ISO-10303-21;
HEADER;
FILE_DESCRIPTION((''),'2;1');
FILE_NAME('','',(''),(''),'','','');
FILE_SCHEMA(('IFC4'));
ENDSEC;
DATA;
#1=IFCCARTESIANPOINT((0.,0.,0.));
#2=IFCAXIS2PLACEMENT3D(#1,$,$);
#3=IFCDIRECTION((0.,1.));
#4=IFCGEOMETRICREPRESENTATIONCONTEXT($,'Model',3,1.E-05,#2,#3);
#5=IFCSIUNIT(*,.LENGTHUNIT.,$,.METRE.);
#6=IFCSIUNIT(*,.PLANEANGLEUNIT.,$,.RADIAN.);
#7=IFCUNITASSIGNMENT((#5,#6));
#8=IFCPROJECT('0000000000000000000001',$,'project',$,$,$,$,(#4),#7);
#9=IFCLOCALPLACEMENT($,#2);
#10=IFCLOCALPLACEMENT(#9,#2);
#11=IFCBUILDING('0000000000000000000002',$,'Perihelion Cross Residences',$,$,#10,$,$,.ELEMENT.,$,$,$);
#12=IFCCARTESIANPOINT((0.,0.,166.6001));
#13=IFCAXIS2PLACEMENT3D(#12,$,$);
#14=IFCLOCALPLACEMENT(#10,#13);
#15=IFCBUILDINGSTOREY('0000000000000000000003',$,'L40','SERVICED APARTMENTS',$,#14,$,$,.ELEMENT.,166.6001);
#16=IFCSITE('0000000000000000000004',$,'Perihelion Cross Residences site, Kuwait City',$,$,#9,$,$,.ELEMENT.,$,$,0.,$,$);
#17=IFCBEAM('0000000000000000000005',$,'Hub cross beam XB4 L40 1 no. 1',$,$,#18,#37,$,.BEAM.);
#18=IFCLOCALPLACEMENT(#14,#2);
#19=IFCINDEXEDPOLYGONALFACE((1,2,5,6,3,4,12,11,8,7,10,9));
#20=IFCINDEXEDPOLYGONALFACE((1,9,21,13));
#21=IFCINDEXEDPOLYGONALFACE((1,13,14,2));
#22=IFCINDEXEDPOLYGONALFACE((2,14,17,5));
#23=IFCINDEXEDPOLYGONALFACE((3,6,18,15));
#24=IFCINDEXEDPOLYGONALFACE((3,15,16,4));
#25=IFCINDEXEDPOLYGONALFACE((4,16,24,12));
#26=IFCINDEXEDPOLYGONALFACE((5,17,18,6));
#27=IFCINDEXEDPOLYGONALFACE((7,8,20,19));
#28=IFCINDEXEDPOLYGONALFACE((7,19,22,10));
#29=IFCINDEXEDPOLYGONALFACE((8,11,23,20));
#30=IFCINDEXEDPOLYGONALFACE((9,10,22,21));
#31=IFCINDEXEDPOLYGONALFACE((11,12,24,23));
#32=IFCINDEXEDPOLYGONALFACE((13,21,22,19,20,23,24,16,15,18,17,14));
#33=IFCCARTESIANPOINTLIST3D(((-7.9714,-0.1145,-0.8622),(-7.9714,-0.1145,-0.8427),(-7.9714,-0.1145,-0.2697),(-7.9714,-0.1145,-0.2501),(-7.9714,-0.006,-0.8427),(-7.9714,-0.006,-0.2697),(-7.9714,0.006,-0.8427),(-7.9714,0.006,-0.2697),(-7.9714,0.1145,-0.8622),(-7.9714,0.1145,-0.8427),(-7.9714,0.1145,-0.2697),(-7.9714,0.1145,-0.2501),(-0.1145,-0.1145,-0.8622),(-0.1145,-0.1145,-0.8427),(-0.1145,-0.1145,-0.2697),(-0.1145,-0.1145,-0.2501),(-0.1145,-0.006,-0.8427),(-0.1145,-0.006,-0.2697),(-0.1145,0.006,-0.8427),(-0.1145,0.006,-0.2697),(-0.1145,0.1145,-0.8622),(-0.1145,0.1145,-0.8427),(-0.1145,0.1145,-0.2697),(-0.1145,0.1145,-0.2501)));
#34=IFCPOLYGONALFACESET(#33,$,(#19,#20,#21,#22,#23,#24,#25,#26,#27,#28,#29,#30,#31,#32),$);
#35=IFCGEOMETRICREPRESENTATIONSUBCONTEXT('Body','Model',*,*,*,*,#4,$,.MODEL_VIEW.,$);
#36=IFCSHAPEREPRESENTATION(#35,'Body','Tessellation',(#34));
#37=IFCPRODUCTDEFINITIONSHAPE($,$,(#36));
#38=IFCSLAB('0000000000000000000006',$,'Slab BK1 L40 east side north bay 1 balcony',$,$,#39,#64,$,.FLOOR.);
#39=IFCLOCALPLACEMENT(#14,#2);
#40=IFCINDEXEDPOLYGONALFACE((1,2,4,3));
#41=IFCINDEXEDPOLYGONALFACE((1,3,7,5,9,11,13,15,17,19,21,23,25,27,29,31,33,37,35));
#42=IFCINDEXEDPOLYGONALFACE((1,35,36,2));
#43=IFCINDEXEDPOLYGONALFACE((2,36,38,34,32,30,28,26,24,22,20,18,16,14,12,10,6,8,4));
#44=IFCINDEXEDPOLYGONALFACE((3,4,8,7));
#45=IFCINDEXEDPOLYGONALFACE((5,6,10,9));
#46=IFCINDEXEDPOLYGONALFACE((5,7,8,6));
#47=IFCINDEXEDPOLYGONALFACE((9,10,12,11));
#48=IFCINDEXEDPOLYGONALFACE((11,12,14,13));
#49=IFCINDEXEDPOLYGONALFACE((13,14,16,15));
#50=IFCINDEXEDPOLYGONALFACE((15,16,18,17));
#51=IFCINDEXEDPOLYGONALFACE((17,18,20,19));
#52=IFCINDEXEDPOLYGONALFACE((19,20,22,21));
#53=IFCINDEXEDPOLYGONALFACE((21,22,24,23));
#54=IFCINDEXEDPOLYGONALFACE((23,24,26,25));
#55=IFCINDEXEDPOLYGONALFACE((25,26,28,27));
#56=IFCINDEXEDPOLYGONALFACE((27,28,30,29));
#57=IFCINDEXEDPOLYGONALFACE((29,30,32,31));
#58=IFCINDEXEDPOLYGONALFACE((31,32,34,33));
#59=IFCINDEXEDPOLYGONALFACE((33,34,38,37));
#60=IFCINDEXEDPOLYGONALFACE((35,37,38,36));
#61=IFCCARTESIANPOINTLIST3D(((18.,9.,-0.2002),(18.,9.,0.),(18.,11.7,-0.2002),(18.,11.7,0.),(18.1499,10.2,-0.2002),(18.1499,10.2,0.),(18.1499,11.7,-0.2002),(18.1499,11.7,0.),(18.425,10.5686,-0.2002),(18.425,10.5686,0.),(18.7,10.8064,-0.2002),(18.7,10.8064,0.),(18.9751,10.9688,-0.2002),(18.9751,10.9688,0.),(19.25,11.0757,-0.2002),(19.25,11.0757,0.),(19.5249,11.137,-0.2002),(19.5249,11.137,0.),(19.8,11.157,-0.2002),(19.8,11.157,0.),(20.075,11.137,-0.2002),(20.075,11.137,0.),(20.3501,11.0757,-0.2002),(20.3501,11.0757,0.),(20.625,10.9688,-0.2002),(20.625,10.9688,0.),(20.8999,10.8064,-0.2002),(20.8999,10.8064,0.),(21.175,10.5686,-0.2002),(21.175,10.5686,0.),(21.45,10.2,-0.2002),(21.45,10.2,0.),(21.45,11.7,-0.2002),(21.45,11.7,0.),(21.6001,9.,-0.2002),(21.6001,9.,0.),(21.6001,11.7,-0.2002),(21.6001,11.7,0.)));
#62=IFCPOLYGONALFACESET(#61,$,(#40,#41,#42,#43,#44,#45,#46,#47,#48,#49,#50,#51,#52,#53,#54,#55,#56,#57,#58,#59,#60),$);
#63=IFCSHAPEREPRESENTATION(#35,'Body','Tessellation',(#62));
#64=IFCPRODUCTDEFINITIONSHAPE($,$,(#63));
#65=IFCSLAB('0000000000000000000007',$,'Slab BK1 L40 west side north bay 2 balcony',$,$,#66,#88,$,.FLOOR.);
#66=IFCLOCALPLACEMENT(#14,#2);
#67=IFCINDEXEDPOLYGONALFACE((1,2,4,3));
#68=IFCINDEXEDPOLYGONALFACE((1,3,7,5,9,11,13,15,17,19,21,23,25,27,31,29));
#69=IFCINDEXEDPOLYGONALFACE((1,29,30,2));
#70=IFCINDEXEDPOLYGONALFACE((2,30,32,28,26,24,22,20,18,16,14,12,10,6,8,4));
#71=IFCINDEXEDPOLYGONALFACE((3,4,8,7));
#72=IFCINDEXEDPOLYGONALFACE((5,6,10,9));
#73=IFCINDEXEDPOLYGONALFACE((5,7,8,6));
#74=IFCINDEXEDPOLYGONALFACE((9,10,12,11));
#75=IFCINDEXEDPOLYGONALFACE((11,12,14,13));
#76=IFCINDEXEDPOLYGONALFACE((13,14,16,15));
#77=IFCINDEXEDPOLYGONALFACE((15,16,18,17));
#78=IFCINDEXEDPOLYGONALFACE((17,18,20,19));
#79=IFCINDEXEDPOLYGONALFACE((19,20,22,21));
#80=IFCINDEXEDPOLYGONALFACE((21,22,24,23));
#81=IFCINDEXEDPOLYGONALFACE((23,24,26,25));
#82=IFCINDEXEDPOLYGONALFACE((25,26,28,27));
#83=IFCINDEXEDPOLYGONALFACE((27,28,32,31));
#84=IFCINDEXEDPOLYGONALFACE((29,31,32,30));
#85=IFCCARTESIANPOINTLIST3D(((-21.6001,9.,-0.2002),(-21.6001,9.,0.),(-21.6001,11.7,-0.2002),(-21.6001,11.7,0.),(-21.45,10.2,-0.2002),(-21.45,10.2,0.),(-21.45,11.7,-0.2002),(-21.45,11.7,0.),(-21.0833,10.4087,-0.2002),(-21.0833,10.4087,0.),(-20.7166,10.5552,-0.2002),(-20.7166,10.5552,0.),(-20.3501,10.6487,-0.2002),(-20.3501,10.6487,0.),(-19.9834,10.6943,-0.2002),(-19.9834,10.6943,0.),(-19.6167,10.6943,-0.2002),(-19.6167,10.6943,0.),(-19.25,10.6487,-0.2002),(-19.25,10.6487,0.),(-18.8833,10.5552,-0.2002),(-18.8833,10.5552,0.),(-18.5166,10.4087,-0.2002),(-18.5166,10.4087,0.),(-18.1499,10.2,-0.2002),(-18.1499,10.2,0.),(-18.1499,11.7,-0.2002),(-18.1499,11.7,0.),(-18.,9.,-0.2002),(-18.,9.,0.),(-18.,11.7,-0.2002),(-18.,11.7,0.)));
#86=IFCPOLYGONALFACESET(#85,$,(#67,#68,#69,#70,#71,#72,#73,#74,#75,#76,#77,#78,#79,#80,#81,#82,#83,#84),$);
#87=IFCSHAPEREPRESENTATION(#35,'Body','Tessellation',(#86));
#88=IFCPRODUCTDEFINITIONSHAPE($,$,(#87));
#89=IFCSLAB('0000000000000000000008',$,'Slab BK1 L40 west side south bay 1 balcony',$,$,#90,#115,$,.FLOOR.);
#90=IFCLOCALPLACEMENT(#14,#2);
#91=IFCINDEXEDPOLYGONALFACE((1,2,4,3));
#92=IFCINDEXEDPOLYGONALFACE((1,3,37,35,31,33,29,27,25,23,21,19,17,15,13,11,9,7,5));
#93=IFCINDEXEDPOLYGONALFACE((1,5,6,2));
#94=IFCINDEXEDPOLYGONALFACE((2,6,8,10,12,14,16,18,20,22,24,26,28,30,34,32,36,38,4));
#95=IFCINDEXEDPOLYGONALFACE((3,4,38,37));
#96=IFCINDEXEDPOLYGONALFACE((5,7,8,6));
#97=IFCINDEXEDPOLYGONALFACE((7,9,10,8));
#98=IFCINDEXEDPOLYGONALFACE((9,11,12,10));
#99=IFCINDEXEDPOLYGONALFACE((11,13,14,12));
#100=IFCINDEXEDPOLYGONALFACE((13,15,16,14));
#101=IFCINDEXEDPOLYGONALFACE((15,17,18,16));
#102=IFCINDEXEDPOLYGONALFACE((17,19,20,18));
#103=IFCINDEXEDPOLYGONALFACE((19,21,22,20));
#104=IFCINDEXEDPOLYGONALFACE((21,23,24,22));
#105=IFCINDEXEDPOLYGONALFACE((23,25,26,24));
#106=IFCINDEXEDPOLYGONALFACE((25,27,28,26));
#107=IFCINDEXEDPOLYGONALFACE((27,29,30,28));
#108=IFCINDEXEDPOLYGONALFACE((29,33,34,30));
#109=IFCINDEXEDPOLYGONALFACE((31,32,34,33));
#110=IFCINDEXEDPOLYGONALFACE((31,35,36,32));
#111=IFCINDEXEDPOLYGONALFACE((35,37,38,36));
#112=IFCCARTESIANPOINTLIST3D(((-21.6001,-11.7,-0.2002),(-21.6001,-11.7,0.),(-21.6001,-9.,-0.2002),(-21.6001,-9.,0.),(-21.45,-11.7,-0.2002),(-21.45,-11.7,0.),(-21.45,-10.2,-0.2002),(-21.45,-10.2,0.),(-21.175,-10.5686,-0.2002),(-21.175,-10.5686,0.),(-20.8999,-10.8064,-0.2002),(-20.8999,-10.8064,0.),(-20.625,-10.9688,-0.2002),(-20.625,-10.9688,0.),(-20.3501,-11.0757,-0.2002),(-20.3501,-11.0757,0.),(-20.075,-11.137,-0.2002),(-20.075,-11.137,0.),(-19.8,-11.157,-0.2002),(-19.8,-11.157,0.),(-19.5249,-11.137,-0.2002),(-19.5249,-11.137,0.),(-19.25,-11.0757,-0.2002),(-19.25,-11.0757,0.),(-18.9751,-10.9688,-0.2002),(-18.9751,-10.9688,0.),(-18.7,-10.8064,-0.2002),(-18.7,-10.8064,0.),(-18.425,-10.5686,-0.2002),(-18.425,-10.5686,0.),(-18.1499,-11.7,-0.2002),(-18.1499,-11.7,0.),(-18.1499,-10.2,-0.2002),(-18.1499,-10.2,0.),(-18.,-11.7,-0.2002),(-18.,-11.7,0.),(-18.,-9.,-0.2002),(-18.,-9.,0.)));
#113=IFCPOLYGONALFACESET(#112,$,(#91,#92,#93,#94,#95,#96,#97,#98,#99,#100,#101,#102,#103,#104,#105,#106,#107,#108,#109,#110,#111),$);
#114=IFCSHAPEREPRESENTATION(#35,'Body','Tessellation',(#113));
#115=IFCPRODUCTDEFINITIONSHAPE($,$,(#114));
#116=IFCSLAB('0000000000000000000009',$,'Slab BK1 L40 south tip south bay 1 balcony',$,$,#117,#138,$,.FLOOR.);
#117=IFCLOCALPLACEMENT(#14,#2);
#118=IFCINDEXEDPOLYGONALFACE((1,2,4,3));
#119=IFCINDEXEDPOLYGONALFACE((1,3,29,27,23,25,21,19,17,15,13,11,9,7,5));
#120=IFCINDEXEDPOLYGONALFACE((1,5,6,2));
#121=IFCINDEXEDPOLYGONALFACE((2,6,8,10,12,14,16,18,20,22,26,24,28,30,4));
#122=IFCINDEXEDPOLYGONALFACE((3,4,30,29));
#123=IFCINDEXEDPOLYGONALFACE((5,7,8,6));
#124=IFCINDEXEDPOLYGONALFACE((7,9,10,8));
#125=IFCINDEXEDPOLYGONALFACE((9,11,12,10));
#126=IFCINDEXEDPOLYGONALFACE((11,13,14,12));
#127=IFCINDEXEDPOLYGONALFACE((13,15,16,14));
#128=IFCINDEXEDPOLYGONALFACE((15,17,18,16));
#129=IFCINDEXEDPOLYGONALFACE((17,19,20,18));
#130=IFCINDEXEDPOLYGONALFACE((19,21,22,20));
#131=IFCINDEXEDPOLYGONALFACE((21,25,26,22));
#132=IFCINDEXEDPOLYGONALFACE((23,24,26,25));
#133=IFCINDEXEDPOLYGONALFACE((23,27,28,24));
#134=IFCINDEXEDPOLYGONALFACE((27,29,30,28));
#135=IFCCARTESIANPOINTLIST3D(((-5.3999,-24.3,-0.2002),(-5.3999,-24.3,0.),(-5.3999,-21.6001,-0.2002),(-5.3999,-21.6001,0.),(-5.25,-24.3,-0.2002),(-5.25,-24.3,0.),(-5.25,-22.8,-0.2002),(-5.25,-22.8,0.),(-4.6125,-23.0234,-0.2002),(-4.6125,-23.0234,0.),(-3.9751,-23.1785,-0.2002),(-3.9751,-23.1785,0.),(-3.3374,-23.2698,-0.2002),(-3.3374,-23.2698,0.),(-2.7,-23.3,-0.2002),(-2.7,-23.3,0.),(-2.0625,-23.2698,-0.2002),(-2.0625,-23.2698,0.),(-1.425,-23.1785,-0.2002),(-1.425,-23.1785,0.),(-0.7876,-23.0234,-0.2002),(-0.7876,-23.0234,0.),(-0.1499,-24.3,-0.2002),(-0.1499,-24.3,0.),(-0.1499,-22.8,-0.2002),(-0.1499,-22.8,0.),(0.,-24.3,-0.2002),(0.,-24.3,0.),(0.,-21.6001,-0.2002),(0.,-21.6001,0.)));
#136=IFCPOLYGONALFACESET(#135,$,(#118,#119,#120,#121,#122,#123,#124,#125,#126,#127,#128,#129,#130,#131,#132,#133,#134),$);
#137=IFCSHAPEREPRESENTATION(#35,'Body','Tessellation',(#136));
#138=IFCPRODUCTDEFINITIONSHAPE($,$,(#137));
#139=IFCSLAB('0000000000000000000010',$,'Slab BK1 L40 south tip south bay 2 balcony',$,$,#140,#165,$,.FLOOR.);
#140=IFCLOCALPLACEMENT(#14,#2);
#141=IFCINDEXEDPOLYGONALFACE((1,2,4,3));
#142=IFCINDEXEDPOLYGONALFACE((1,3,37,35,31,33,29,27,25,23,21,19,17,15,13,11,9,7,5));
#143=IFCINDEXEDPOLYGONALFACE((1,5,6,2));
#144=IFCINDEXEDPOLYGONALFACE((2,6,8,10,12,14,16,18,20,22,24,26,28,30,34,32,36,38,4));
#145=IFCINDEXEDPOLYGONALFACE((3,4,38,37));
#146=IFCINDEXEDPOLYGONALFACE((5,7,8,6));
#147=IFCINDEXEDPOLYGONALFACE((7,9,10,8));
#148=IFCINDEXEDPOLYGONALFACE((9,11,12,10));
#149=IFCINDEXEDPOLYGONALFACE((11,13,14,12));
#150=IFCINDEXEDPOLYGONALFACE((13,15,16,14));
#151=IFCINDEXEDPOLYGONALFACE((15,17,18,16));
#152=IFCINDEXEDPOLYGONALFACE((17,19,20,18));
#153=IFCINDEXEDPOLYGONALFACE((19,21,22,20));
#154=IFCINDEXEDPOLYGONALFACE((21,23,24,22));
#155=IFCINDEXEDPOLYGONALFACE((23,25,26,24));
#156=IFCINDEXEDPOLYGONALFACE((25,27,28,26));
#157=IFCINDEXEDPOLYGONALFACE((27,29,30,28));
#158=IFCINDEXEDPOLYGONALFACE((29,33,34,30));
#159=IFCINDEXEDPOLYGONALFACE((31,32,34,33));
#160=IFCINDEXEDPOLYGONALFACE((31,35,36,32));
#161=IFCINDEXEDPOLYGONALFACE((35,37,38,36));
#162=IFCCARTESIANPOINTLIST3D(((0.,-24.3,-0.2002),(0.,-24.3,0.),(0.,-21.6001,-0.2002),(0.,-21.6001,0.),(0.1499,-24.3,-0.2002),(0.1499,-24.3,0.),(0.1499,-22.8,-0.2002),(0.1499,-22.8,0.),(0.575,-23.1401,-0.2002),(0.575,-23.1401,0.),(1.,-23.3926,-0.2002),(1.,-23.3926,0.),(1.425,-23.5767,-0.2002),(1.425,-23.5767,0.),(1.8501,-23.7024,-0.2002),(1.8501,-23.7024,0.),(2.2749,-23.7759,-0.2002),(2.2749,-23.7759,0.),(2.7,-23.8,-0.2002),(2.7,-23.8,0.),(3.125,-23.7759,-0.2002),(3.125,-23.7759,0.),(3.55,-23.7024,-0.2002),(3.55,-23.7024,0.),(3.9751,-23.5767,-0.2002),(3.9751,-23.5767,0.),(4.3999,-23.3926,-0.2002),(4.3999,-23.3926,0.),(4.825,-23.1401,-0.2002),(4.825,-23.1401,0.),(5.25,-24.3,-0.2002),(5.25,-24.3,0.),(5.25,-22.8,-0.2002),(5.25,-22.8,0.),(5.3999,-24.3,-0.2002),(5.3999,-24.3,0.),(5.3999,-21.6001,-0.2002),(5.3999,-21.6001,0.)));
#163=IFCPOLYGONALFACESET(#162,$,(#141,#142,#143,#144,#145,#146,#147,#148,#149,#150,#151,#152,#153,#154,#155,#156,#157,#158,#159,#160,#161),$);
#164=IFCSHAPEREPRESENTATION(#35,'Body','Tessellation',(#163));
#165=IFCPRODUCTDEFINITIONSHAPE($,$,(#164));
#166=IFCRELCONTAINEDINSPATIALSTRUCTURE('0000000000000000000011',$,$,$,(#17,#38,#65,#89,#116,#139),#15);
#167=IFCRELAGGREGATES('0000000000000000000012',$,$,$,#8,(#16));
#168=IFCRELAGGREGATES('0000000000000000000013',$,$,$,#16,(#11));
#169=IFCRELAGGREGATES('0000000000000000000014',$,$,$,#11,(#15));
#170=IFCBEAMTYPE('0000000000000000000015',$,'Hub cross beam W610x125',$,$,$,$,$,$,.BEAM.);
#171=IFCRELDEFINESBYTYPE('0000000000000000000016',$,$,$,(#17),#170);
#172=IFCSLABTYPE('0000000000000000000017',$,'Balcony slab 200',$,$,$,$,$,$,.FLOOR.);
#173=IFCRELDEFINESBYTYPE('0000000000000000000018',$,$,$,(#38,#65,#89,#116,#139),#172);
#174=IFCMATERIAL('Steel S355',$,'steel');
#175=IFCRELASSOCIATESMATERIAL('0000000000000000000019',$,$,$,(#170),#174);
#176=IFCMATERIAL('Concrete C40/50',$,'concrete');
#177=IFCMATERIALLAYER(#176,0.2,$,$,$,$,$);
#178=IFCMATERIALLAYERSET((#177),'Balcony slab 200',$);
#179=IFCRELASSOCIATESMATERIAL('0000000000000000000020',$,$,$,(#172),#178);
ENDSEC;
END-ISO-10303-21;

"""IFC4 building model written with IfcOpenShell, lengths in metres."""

from ifc_helpers import new_model, si_unit, direction, frame, origin, origin_2d, place, context, subcontext, project, spatial, polyline, i_section, outline, extrude, material, layer, layer_set, material_profile, profile_set, type_object, element, save


model = new_model("IFC4")

# Units and contexts
model_context = context("Model", 3, precision=1e-05, world=origin(), true_north=direction((0.0, 1.0)))
body_context = subcontext(model_context, "Body", "Model", "MODEL_VIEW")
ifc_project = project(units=[si_unit("LENGTHUNIT", "METRE"), si_unit("PLANEANGLEUNIT", "RADIAN")], contexts=[model_context])

# Site, building, storey
site_placement = place(None, origin())
site = spatial("IfcSite", under=ifc_project, at=site_placement, Name="Perihelion Cross Residences site, Kuwait City", CompositionType="ELEMENT", RefElevation=0.0)
building_placement = place(site_placement, origin())
building = spatial("IfcBuilding", under=site, at=building_placement, Name="Perihelion Cross Residences", CompositionType="ELEMENT")
storey_placement = place(building_placement, frame((0.0, 0.0, 166.6001)))
storey = spatial("IfcBuildingStorey", under=building, at=storey_placement, Name="L40", Description="SERVICED APARTMENTS", CompositionType="ELEMENT", Elevation=166.6001)

# Beam
ifc_material_1 = material(Name="Steel S355", Category="steel")
ifc_material_profile = material_profile(ifc_material_1, i_section(OverallWidth=0.229, OverallDepth=0.6121, WebThickness=0.012, FlangeThickness=0.0195, at=origin_2d()), Name="W610x125")
ifc_profile_set = profile_set([ifc_material_profile], Name="Steel S355")
beam_type = type_object("IfcBeamType", Name="Hub cross beam W610x125", PredefinedType="BEAM", material=ifc_profile_set)
beam_placement = place(storey_placement, frame((-7.9714, 0.0, -0.5562), z_axis=(1.0, 0.0, 0.0), x_axis=(0.0, 1.0, 0.0)))
element("IfcBeam", 1, at=beam_placement, inside=storey, type_object=beam_type, Name="Hub cross beam XB4 L40 1 no. 1", PredefinedType="BEAM", context=body_context, shape_type="SweptSolid", body=[
    extrude(i_section(OverallWidth=0.229, OverallDepth=0.6121, WebThickness=0.012, FlangeThickness=0.0195, at=origin_2d()), origin(), (0.0, 0.0, 1.0), 7.8569),
])

# Slabs
ifc_material_2 = material(Name="Concrete C40/50", Category="concrete")
ifc_layer_1 = layer(ifc_material_2, 0.2)
ifc_layer_set_1 = layer_set([ifc_layer_1], Name="Balcony slab 200")
slab_type_1 = type_object("IfcSlabType", Name="Balcony slab 200", PredefinedType="FLOOR", material=ifc_layer_set_1)
slab_1_placement = place(storey_placement, frame((0.0, 0.0, -0.2002)))
element("IfcSlab", 2, at=slab_1_placement, inside=storey, type_object=slab_type_1, Name="Slab BK1 L40 east side north bay 1 balcony", PredefinedType="FLOOR", context=body_context, shape_type="SweptSolid", body=[
    extrude(outline(polyline([(21.6001, 9.0), (18.0, 9.0), (18.0, 11.7), (18.1499, 11.7), (18.1499, 10.2), (18.425, 10.5686), (18.7, 10.8064), (18.9751, 10.9688), (19.25, 11.0757), (19.5249, 11.137), (19.8, 11.157), (20.075, 11.137), (20.3501, 11.0757), (20.625, 10.9688), (20.8999, 10.8064), (21.175, 10.5686), (21.45, 10.2), (21.45, 11.7), (21.6001, 11.7), (21.6001, 9.0)])), origin(), (0.0, 0.0, 1.0), 0.2002),
])
slab_2_placement = place(storey_placement, frame((0.0, 0.0, -0.2002)))
element("IfcSlab", 3, at=slab_2_placement, inside=storey, type_object=slab_type_1, Name="Slab BK1 L40 west side north bay 2 balcony", PredefinedType="FLOOR", context=body_context, shape_type="SweptSolid", body=[
    extrude(outline(polyline([(-18.0, 9.0), (-21.6001, 9.0), (-21.6001, 11.7), (-21.45, 11.7), (-21.45, 10.2), (-21.0833, 10.4087), (-20.7166, 10.5552), (-20.3501, 10.6487), (-19.9834, 10.6943), (-19.6167, 10.6943), (-19.25, 10.6487), (-18.8833, 10.5552), (-18.5166, 10.4087), (-18.1499, 10.2), (-18.1499, 11.7), (-18.0, 11.7), (-18.0, 9.0)])), origin(), (0.0, 0.0, 1.0), 0.2002),
])
slab_3_placement = place(storey_placement, frame((0.0, 0.0, -0.2002)))
element("IfcSlab", 4, at=slab_3_placement, inside=storey, type_object=slab_type_1, Name="Slab BK1 L40 west side south bay 1 balcony", PredefinedType="FLOOR", context=body_context, shape_type="SweptSolid", body=[
    extrude(outline(polyline([(-21.6001, -9.0), (-18.0, -9.0), (-18.0, -11.7), (-18.1499, -11.7), (-18.1499, -10.2), (-18.425, -10.5686), (-18.7, -10.8064), (-18.9751, -10.9688), (-19.25, -11.0757), (-19.5249, -11.137), (-19.8, -11.157), (-20.075, -11.137), (-20.3501, -11.0757), (-20.625, -10.9688), (-20.8999, -10.8064), (-21.175, -10.5686), (-21.45, -10.2), (-21.45, -11.7), (-21.6001, -11.7), (-21.6001, -9.0)])), origin(), (0.0, 0.0, 1.0), 0.2002),
])
slab_4_placement = place(storey_placement, frame((0.0, 0.0, -0.2002)))
element("IfcSlab", 5, at=slab_4_placement, inside=storey, type_object=slab_type_1, Name="Slab BK1 L40 south tip south bay 1 balcony", PredefinedType="FLOOR", context=body_context, shape_type="SweptSolid", body=[
    extrude(outline(polyline([(-5.3999, -21.6001), (0.0, -21.6001), (0.0, -24.3), (-0.1499, -24.3), (-0.1499, -22.8), (-0.7876, -23.0234), (-1.425, -23.1785), (-2.0625, -23.2698), (-2.7, -23.3), (-3.3374, -23.2698), (-3.9751, -23.1785), (-4.6125, -23.0234), (-5.25, -22.8), (-5.25, -24.3), (-5.3999, -24.3), (-5.3999, -21.6001)])), origin(), (0.0, 0.0, 1.0), 0.2002),
])
slab_5_placement = place(storey_placement, frame((0.0, 0.0, -0.2002)))
element("IfcSlab", 6, at=slab_5_placement, inside=storey, type_object=slab_type_1, Name="Slab BK1 L40 south tip south bay 2 balcony", PredefinedType="FLOOR", context=body_context, shape_type="SweptSolid", body=[
    extrude(outline(polyline([(0.0, -21.6001), (5.3999, -21.6001), (5.3999, -24.3), (5.25, -24.3), (5.25, -22.8), (4.825, -23.1401), (4.3999, -23.3926), (3.9751, -23.5767), (3.55, -23.7024), (3.125, -23.7759), (2.7, -23.8), (2.2749, -23.7759), (1.8501, -23.7024), (1.425, -23.5767), (1.0, -23.3926), (0.575, -23.1401), (0.1499, -22.8), (0.1499, -24.3), (0.0, -24.3), (0.0, -21.6001)])), origin(), (0.0, 0.0, 1.0), 0.2002),
])

save(model, "model.ifc")
